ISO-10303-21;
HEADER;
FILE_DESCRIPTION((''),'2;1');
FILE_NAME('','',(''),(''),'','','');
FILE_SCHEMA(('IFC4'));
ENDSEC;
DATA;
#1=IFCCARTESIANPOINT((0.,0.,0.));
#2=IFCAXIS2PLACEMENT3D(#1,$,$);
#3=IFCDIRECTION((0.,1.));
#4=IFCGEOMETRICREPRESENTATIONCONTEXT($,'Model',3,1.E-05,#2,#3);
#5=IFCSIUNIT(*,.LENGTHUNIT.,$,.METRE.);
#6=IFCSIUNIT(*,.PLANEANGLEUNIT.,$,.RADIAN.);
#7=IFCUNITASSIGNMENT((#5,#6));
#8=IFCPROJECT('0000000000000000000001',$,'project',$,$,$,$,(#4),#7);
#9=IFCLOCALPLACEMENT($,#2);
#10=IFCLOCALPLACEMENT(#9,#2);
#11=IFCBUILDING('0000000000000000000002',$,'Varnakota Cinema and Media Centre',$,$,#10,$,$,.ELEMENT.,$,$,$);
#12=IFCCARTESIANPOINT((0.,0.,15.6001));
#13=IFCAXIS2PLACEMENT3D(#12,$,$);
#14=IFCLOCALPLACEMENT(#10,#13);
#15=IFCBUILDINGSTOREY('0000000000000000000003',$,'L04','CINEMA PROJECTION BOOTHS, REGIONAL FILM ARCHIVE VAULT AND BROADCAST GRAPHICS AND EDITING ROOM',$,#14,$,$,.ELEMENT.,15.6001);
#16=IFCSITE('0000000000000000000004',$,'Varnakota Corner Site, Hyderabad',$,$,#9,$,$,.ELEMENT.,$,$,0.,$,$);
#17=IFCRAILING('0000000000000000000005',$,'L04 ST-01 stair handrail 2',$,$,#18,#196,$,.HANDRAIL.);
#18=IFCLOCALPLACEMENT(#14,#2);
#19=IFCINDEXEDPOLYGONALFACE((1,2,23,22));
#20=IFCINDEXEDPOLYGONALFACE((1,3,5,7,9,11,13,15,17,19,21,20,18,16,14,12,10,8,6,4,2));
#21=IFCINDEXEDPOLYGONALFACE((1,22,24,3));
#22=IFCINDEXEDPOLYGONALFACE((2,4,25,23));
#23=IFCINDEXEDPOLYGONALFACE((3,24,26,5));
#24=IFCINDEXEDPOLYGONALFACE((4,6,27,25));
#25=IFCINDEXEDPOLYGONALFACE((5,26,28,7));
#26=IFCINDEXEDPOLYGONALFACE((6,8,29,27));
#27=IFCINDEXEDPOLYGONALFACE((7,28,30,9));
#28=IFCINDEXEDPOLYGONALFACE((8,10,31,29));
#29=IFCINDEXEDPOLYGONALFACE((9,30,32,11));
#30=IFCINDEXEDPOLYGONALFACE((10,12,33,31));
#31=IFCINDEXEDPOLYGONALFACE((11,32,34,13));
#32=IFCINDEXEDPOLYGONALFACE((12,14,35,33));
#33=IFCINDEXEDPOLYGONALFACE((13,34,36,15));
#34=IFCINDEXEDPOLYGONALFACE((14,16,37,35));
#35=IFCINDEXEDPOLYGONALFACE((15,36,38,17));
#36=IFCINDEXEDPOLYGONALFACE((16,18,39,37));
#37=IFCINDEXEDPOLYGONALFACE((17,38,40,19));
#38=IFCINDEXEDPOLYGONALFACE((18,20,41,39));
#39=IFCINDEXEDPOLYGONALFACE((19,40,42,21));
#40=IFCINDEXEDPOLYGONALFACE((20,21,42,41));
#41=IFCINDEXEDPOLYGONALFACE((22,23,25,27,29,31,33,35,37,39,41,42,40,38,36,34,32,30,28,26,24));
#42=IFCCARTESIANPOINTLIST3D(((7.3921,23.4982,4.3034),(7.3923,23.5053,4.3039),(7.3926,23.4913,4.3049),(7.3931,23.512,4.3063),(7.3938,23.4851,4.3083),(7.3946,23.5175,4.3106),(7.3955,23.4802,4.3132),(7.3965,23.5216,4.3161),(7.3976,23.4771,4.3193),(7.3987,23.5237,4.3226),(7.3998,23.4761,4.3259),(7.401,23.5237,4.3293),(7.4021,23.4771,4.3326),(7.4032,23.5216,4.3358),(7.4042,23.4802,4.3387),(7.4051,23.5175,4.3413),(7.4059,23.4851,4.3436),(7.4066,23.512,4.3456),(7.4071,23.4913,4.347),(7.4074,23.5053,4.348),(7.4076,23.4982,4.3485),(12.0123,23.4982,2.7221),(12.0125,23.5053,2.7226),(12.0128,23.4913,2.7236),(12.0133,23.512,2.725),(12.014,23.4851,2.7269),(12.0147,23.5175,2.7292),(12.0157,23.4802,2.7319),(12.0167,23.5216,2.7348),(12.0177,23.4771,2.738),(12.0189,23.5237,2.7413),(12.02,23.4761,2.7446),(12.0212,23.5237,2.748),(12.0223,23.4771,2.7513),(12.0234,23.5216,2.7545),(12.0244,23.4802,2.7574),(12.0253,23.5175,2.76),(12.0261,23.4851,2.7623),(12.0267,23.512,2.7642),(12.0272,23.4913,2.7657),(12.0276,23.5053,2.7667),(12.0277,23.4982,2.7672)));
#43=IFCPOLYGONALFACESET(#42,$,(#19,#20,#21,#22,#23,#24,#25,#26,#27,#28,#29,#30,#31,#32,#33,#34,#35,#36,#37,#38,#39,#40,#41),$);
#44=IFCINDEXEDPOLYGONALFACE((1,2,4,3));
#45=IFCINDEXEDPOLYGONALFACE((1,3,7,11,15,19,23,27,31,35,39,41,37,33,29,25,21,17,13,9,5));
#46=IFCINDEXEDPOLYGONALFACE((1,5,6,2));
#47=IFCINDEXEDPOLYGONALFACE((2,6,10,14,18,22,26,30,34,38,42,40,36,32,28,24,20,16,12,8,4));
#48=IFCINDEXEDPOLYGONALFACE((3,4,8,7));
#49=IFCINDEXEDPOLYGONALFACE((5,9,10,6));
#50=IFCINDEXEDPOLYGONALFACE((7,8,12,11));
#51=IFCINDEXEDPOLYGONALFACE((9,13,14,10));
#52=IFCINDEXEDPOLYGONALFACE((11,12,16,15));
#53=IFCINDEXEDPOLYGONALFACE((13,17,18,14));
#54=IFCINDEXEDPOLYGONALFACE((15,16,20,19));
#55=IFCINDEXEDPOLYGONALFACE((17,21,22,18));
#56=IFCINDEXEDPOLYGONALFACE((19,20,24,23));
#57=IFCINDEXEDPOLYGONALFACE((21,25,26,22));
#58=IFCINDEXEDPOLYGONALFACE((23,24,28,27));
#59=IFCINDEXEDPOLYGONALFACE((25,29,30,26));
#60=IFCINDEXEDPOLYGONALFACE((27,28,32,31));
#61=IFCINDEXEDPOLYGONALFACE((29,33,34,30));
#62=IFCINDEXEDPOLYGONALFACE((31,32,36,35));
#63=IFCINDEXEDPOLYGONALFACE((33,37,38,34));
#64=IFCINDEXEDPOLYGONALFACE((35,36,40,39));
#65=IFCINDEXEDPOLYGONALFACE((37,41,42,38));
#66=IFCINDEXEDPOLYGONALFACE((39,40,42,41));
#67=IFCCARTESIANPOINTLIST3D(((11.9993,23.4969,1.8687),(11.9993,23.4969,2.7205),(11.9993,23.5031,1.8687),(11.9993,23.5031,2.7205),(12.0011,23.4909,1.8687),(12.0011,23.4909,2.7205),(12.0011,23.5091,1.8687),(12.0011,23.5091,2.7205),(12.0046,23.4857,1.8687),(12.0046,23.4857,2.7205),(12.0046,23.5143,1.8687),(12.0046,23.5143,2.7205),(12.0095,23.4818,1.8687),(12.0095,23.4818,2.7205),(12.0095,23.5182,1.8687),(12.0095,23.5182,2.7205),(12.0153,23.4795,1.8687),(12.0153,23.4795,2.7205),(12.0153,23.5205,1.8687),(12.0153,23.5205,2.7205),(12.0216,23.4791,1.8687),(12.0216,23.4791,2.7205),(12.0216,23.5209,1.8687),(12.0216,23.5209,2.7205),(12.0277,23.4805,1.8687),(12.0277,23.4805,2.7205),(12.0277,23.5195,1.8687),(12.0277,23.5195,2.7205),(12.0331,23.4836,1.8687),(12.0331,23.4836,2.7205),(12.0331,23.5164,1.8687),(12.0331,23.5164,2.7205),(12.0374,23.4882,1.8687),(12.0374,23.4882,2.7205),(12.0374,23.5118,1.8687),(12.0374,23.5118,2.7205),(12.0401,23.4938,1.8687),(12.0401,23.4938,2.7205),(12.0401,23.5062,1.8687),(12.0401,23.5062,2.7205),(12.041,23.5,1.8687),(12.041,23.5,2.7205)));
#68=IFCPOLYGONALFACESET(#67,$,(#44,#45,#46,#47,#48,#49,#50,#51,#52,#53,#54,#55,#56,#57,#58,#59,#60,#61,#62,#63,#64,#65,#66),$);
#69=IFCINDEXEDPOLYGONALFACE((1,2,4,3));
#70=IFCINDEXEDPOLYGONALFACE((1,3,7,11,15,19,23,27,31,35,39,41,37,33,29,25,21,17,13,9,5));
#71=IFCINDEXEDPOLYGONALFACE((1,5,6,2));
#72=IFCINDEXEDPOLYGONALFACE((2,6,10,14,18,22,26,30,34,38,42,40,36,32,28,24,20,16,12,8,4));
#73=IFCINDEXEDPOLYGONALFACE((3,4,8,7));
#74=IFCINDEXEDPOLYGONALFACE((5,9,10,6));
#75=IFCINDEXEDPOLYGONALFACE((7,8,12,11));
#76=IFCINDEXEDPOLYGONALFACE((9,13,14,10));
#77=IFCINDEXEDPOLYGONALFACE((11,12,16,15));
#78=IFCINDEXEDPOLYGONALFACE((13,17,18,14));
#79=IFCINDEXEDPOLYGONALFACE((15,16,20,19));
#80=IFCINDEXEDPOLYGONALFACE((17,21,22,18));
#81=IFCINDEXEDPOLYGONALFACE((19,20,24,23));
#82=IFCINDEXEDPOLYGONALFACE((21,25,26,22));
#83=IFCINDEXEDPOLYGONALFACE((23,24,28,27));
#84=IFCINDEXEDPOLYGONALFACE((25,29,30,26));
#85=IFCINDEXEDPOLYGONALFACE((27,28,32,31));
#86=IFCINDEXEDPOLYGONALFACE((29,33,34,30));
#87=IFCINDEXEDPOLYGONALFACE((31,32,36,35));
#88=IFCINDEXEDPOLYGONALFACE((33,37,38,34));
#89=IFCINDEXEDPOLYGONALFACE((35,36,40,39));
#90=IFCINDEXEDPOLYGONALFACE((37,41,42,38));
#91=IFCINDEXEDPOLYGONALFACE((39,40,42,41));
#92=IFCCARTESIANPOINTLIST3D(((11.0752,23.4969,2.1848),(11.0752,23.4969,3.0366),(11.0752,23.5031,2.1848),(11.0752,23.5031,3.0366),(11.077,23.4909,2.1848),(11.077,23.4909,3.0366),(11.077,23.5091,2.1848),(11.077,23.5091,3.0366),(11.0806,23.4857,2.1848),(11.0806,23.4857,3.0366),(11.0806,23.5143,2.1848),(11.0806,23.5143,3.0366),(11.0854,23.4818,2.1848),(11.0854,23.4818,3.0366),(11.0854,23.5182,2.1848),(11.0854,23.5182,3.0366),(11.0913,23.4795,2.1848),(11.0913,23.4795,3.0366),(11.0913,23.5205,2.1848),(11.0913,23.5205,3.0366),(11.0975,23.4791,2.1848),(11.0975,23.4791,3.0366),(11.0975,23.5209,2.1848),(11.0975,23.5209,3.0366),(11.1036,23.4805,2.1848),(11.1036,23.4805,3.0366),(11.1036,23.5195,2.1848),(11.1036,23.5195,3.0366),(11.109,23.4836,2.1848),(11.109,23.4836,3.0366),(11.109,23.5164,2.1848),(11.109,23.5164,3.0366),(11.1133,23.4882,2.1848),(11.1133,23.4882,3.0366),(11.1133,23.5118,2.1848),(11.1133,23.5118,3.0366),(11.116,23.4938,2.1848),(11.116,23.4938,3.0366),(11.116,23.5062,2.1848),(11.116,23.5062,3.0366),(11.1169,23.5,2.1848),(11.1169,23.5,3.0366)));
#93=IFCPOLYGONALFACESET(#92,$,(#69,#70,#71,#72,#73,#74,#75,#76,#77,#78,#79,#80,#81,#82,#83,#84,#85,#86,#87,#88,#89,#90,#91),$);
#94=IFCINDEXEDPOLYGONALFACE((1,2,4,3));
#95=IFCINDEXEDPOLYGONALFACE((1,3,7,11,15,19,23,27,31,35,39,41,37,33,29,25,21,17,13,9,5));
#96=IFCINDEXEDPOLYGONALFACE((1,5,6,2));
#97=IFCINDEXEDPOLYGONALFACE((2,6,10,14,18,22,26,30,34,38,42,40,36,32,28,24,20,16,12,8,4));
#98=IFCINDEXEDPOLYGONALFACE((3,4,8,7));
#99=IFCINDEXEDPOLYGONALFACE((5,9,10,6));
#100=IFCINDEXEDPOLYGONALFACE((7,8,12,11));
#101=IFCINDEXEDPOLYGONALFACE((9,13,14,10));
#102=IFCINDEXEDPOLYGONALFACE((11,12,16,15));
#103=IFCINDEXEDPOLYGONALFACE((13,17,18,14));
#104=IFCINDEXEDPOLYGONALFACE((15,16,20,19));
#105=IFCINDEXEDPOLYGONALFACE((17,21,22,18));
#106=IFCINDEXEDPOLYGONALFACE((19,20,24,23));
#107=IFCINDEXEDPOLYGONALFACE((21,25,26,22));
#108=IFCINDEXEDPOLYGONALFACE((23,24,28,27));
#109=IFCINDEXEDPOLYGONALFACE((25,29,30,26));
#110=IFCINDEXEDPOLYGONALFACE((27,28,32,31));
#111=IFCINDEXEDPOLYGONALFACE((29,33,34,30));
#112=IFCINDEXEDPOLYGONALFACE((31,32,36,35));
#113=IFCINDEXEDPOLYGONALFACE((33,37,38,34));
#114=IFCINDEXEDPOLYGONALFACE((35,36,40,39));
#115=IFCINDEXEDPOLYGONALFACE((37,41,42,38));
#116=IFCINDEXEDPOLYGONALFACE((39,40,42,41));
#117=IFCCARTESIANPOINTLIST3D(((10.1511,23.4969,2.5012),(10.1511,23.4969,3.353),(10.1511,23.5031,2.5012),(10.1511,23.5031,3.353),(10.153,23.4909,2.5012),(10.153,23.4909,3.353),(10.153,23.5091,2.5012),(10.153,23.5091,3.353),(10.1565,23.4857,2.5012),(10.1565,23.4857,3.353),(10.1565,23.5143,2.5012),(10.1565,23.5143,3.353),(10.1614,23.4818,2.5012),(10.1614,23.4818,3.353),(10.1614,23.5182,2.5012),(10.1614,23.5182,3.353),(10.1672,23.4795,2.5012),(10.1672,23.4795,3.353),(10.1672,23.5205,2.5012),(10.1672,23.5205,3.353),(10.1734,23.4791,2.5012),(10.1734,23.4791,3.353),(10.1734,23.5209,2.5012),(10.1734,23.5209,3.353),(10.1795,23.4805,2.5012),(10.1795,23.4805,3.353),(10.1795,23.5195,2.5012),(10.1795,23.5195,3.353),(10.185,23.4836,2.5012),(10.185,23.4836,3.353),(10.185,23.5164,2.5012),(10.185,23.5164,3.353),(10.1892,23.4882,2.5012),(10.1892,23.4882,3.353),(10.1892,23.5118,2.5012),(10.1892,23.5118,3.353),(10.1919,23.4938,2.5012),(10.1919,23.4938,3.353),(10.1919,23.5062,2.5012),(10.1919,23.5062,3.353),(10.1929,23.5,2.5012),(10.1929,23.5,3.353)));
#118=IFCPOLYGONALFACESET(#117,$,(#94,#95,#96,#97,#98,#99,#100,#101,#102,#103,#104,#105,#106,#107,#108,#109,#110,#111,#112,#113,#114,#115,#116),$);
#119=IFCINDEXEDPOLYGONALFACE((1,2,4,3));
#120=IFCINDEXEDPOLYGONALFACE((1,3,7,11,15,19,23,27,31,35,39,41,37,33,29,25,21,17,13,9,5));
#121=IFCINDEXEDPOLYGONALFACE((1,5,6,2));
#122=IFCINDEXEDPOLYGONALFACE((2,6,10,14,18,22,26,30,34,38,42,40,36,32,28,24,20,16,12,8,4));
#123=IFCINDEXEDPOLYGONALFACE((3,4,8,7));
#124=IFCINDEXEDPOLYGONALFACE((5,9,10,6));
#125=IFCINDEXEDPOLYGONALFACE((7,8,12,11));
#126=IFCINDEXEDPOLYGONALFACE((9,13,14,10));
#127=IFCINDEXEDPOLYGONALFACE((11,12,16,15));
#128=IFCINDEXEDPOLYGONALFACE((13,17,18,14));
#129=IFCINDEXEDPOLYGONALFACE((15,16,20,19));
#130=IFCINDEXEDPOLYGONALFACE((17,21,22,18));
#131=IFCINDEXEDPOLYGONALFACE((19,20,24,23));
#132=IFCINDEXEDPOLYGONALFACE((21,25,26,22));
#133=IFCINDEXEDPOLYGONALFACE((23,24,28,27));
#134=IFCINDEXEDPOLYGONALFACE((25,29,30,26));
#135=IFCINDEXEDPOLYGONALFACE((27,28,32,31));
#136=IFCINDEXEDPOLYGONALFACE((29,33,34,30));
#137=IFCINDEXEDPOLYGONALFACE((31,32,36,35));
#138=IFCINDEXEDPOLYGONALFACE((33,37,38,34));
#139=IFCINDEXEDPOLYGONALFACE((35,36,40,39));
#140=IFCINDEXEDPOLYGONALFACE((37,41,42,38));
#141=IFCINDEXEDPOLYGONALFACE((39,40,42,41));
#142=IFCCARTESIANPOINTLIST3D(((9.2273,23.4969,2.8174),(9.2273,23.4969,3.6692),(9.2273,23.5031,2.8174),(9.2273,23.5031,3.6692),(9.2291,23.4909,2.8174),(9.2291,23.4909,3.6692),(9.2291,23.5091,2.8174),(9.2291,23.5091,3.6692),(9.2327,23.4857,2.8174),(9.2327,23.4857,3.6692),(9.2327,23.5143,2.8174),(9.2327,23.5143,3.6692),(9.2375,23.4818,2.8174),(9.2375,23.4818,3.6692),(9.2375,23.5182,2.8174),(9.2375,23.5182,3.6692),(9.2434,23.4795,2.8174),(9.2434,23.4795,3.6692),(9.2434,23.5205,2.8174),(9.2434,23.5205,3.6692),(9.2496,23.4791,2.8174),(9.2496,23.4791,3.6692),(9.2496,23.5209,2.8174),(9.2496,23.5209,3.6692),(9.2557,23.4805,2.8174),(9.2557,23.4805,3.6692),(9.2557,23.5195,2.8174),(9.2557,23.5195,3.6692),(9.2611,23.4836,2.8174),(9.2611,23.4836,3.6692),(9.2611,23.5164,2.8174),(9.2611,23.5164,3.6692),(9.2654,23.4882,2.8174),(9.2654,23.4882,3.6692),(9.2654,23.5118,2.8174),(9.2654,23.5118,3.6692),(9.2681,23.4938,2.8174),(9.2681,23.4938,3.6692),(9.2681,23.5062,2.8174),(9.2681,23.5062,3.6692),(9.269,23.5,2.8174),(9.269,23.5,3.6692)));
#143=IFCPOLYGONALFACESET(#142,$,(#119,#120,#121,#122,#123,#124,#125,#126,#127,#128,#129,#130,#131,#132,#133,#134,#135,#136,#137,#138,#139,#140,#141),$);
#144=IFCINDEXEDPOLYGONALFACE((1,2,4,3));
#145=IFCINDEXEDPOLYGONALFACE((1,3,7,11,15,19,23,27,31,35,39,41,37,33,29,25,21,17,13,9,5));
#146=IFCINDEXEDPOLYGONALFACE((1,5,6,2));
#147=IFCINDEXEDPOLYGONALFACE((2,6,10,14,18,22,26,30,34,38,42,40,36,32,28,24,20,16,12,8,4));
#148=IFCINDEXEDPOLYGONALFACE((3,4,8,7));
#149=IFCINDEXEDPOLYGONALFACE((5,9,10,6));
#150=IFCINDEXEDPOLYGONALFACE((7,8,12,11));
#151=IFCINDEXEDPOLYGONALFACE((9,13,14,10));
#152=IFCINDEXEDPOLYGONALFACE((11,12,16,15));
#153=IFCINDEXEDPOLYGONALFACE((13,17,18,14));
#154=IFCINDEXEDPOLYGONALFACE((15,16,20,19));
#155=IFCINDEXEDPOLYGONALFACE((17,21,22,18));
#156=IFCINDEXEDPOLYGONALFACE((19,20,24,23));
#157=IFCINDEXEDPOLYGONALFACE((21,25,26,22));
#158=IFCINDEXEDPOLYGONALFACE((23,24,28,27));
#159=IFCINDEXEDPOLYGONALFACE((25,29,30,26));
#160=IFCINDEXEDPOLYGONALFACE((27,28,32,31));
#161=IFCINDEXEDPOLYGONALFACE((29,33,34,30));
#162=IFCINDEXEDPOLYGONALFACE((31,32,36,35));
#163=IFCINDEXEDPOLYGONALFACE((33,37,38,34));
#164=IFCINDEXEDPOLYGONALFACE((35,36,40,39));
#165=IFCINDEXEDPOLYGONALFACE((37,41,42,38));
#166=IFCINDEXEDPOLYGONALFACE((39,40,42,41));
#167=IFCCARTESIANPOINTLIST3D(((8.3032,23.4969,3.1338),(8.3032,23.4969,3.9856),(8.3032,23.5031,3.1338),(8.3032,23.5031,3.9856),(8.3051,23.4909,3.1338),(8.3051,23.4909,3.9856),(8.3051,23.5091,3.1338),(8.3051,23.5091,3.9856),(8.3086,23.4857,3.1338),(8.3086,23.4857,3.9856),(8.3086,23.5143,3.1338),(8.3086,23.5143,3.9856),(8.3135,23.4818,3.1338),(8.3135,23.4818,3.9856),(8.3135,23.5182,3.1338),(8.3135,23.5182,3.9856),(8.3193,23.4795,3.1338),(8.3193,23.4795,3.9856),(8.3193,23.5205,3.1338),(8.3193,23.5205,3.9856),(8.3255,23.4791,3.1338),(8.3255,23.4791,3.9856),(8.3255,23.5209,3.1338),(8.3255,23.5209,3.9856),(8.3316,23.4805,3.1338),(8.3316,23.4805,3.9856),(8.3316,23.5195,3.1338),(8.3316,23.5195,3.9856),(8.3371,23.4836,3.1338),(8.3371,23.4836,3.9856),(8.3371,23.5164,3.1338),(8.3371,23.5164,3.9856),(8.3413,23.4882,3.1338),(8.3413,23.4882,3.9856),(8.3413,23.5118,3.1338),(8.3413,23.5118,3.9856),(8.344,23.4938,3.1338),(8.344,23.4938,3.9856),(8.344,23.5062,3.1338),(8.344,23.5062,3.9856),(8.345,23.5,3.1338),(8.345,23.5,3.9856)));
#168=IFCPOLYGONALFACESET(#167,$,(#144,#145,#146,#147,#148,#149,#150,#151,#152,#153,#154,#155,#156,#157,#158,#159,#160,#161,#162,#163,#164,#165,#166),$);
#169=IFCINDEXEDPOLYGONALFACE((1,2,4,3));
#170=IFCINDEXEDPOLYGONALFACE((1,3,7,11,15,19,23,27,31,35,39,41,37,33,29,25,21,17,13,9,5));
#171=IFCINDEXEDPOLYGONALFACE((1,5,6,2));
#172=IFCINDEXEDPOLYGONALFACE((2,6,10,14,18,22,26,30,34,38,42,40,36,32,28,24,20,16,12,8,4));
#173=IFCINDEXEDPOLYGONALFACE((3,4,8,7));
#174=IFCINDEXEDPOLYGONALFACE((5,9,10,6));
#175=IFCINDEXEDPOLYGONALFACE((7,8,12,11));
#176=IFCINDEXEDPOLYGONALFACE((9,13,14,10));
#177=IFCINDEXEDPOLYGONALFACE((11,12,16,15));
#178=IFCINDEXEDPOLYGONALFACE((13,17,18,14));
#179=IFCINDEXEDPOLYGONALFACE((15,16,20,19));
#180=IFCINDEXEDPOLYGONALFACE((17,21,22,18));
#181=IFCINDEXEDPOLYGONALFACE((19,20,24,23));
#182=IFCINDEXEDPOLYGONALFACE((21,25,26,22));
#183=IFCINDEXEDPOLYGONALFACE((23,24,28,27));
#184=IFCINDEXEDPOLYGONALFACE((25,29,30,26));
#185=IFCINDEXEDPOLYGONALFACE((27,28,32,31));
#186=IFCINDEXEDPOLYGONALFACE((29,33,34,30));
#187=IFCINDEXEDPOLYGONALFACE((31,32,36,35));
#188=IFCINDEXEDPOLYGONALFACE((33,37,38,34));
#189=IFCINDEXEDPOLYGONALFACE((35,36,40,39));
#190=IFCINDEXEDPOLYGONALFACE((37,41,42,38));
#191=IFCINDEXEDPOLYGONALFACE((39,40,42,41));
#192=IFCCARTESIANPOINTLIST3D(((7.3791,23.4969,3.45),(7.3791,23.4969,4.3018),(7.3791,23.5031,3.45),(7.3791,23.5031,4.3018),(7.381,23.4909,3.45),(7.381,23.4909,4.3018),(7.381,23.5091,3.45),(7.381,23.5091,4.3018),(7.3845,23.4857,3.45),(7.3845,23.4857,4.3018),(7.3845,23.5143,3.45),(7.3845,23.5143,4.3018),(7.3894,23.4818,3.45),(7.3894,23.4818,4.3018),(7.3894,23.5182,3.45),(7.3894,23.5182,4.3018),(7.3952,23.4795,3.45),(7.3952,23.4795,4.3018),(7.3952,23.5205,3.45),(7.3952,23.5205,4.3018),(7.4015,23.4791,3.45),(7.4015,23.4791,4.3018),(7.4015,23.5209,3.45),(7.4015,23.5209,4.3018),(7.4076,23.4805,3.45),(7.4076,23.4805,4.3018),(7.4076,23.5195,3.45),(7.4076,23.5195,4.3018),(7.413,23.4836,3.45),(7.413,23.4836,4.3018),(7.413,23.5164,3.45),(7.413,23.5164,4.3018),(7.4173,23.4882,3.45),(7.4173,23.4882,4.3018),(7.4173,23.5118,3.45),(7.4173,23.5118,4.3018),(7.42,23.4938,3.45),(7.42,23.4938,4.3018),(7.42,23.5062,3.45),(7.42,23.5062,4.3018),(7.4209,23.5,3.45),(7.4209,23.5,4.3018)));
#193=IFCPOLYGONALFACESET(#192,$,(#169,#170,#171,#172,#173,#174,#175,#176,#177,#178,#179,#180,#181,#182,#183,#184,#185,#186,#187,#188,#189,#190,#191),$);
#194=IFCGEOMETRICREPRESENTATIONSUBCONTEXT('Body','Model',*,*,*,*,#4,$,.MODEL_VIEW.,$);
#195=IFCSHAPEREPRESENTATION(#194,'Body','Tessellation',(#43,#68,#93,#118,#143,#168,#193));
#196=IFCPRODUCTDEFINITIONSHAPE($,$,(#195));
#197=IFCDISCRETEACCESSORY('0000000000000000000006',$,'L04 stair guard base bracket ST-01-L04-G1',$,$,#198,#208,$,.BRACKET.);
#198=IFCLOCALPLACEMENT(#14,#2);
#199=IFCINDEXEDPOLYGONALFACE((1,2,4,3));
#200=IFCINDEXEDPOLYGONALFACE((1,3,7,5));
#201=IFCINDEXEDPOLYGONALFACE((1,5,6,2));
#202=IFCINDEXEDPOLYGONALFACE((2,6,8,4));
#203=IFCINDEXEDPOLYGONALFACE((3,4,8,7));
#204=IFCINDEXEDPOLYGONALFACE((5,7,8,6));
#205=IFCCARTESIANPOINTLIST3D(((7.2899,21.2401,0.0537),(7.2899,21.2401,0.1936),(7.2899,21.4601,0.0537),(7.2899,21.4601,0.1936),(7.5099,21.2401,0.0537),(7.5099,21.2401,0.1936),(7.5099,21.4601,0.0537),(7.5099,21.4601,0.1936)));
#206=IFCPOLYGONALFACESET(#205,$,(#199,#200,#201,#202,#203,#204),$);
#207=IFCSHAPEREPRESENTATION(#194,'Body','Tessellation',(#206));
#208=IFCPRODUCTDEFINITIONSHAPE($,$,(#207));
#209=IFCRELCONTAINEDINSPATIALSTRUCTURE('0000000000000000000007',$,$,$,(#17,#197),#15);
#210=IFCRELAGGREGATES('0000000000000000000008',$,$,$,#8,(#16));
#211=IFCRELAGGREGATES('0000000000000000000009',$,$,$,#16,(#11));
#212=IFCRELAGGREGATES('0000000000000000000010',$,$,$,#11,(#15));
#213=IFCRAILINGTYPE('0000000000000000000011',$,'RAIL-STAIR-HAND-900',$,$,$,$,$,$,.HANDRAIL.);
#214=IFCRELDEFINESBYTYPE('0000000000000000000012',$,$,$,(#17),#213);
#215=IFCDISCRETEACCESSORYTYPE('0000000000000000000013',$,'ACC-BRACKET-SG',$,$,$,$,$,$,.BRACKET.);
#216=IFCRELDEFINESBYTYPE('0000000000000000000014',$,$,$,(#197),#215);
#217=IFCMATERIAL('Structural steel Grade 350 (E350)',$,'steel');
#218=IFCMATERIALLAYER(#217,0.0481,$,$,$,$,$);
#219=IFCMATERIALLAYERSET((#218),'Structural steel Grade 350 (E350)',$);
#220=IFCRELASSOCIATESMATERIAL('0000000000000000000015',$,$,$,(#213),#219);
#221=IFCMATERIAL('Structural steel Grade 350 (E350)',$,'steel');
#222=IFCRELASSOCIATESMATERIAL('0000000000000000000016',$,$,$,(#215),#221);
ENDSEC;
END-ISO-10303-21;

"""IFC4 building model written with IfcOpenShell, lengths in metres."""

from ifc_helpers import new_model, si_unit, direction, frame, origin, origin_2d, place, context, subcontext, project, spatial, rectangle, circle, extrude, material, layer, layer_set, type_object, element, save


model = new_model("IFC4")

# Units and contexts
model_context = context("Model", 3, precision=1e-05, world=origin(), true_north=direction((0.0, 1.0)))
body_context = subcontext(model_context, "Body", "Model", "MODEL_VIEW")
ifc_project = project(units=[si_unit("LENGTHUNIT", "METRE"), si_unit("PLANEANGLEUNIT", "RADIAN")], contexts=[model_context])

# Site, building, storey
site_placement = place(None, origin())
site = spatial("IfcSite", under=ifc_project, at=site_placement, Name="Varnakota Corner Site, Hyderabad", CompositionType="ELEMENT", RefElevation=0.0)
building_placement = place(site_placement, origin())
building = spatial("IfcBuilding", under=site, at=building_placement, Name="Varnakota Cinema and Media Centre", CompositionType="ELEMENT")
storey_placement = place(building_placement, frame((0.0, 0.0, 15.6001)))
storey = spatial("IfcBuildingStorey", under=building, at=storey_placement, Name="L04", Description="CINEMA PROJECTION BOOTHS, REGIONAL FILM ARCHIVE VAULT AND BROADCAST GRAPHICS AND EDITING ROOM", CompositionType="ELEMENT", Elevation=15.6001)

# Railing
ifc_material_1 = material(Name="Structural steel Grade 350 (E350)", Category="steel")
ifc_layer_1 = layer(ifc_material_1, 0.0481)
ifc_layer_set_1 = layer_set([ifc_layer_1], Name="Structural steel Grade 350 (E350)")
railing_type_1 = type_object("IfcRailingType", Name="RAIL-STAIR-HAND-900", PredefinedType="HANDRAIL", material=ifc_layer_set_1)
railing_1_placement = place(storey_placement, frame((12.02, 23.5, 1.8687)))
element("IfcRailing", 1, at=railing_1_placement, inside=storey, type_object=railing_type_1, Name="L04 ST-01 stair handrail 2", PredefinedType="HANDRAIL", context=body_context, shape_type="SweptSolid", body=[
    extrude(circle(Radius=0.0239, at=origin_2d()), frame((0.0, 0.0, 0.876), z_axis=(-0.946118, 0.0, 0.323822), x_axis=(0.0, -1.0, 0.0)), (0.0, 0.0, 1.0), 4.8833),
    extrude(circle(Radius=0.021, at=origin_2d()), origin(), (0.0, 0.0, 1.0), 0.8518),
    extrude(circle(Radius=0.021, at=origin_2d()), frame((-0.9241, 0.0, 0.3162)), (0.0, 0.0, 1.0), 0.8518),
    extrude(circle(Radius=0.021, at=origin_2d()), frame((-1.8481, 0.0, 0.6326)), (0.0, 0.0, 1.0), 0.8518),
    extrude(circle(Radius=0.021, at=origin_2d()), frame((-2.772, 0.0, 0.9487)), (0.0, 0.0, 1.0), 0.8518),
    extrude(circle(Radius=0.021, at=origin_2d()), frame((-3.696, 0.0, 1.2651)), (0.0, 0.0, 1.0), 0.8518),
    extrude(circle(Radius=0.021, at=origin_2d()), frame((-4.6201, 0.0, 1.5813)), (0.0, 0.0, 1.0), 0.8518),
])

# Discrete accessory
ifc_material_2 = material(Name="Structural steel Grade 350 (E350)", Category="steel")
discrete_accessory_type = type_object("IfcDiscreteAccessoryType", Name="ACC-BRACKET-SG", PredefinedType="BRACKET", material=ifc_material_2)
for number, where, z_axis, x_axis, name in (
    (2, (7.3999, 21.3501, 0.0537), (0.0, 0.0, 1.0), (1.0, 0.0, 0.0), "L04 stair guard base bracket ST-01-L04-G1"),
):
    element("IfcDiscreteAccessory", number, at=place(storey_placement, frame(where, z_axis=z_axis, x_axis=x_axis)), inside=storey, type_object=discrete_accessory_type, Name=name, PredefinedType="BRACKET", context=body_context, shape_type="SweptSolid", body=[
        extrude(rectangle(XDim=0.22, YDim=0.22, at=origin_2d()), origin(), (0.0, 0.0, 1.0), 0.1399),
    ])

save(model, "model.ifc")
